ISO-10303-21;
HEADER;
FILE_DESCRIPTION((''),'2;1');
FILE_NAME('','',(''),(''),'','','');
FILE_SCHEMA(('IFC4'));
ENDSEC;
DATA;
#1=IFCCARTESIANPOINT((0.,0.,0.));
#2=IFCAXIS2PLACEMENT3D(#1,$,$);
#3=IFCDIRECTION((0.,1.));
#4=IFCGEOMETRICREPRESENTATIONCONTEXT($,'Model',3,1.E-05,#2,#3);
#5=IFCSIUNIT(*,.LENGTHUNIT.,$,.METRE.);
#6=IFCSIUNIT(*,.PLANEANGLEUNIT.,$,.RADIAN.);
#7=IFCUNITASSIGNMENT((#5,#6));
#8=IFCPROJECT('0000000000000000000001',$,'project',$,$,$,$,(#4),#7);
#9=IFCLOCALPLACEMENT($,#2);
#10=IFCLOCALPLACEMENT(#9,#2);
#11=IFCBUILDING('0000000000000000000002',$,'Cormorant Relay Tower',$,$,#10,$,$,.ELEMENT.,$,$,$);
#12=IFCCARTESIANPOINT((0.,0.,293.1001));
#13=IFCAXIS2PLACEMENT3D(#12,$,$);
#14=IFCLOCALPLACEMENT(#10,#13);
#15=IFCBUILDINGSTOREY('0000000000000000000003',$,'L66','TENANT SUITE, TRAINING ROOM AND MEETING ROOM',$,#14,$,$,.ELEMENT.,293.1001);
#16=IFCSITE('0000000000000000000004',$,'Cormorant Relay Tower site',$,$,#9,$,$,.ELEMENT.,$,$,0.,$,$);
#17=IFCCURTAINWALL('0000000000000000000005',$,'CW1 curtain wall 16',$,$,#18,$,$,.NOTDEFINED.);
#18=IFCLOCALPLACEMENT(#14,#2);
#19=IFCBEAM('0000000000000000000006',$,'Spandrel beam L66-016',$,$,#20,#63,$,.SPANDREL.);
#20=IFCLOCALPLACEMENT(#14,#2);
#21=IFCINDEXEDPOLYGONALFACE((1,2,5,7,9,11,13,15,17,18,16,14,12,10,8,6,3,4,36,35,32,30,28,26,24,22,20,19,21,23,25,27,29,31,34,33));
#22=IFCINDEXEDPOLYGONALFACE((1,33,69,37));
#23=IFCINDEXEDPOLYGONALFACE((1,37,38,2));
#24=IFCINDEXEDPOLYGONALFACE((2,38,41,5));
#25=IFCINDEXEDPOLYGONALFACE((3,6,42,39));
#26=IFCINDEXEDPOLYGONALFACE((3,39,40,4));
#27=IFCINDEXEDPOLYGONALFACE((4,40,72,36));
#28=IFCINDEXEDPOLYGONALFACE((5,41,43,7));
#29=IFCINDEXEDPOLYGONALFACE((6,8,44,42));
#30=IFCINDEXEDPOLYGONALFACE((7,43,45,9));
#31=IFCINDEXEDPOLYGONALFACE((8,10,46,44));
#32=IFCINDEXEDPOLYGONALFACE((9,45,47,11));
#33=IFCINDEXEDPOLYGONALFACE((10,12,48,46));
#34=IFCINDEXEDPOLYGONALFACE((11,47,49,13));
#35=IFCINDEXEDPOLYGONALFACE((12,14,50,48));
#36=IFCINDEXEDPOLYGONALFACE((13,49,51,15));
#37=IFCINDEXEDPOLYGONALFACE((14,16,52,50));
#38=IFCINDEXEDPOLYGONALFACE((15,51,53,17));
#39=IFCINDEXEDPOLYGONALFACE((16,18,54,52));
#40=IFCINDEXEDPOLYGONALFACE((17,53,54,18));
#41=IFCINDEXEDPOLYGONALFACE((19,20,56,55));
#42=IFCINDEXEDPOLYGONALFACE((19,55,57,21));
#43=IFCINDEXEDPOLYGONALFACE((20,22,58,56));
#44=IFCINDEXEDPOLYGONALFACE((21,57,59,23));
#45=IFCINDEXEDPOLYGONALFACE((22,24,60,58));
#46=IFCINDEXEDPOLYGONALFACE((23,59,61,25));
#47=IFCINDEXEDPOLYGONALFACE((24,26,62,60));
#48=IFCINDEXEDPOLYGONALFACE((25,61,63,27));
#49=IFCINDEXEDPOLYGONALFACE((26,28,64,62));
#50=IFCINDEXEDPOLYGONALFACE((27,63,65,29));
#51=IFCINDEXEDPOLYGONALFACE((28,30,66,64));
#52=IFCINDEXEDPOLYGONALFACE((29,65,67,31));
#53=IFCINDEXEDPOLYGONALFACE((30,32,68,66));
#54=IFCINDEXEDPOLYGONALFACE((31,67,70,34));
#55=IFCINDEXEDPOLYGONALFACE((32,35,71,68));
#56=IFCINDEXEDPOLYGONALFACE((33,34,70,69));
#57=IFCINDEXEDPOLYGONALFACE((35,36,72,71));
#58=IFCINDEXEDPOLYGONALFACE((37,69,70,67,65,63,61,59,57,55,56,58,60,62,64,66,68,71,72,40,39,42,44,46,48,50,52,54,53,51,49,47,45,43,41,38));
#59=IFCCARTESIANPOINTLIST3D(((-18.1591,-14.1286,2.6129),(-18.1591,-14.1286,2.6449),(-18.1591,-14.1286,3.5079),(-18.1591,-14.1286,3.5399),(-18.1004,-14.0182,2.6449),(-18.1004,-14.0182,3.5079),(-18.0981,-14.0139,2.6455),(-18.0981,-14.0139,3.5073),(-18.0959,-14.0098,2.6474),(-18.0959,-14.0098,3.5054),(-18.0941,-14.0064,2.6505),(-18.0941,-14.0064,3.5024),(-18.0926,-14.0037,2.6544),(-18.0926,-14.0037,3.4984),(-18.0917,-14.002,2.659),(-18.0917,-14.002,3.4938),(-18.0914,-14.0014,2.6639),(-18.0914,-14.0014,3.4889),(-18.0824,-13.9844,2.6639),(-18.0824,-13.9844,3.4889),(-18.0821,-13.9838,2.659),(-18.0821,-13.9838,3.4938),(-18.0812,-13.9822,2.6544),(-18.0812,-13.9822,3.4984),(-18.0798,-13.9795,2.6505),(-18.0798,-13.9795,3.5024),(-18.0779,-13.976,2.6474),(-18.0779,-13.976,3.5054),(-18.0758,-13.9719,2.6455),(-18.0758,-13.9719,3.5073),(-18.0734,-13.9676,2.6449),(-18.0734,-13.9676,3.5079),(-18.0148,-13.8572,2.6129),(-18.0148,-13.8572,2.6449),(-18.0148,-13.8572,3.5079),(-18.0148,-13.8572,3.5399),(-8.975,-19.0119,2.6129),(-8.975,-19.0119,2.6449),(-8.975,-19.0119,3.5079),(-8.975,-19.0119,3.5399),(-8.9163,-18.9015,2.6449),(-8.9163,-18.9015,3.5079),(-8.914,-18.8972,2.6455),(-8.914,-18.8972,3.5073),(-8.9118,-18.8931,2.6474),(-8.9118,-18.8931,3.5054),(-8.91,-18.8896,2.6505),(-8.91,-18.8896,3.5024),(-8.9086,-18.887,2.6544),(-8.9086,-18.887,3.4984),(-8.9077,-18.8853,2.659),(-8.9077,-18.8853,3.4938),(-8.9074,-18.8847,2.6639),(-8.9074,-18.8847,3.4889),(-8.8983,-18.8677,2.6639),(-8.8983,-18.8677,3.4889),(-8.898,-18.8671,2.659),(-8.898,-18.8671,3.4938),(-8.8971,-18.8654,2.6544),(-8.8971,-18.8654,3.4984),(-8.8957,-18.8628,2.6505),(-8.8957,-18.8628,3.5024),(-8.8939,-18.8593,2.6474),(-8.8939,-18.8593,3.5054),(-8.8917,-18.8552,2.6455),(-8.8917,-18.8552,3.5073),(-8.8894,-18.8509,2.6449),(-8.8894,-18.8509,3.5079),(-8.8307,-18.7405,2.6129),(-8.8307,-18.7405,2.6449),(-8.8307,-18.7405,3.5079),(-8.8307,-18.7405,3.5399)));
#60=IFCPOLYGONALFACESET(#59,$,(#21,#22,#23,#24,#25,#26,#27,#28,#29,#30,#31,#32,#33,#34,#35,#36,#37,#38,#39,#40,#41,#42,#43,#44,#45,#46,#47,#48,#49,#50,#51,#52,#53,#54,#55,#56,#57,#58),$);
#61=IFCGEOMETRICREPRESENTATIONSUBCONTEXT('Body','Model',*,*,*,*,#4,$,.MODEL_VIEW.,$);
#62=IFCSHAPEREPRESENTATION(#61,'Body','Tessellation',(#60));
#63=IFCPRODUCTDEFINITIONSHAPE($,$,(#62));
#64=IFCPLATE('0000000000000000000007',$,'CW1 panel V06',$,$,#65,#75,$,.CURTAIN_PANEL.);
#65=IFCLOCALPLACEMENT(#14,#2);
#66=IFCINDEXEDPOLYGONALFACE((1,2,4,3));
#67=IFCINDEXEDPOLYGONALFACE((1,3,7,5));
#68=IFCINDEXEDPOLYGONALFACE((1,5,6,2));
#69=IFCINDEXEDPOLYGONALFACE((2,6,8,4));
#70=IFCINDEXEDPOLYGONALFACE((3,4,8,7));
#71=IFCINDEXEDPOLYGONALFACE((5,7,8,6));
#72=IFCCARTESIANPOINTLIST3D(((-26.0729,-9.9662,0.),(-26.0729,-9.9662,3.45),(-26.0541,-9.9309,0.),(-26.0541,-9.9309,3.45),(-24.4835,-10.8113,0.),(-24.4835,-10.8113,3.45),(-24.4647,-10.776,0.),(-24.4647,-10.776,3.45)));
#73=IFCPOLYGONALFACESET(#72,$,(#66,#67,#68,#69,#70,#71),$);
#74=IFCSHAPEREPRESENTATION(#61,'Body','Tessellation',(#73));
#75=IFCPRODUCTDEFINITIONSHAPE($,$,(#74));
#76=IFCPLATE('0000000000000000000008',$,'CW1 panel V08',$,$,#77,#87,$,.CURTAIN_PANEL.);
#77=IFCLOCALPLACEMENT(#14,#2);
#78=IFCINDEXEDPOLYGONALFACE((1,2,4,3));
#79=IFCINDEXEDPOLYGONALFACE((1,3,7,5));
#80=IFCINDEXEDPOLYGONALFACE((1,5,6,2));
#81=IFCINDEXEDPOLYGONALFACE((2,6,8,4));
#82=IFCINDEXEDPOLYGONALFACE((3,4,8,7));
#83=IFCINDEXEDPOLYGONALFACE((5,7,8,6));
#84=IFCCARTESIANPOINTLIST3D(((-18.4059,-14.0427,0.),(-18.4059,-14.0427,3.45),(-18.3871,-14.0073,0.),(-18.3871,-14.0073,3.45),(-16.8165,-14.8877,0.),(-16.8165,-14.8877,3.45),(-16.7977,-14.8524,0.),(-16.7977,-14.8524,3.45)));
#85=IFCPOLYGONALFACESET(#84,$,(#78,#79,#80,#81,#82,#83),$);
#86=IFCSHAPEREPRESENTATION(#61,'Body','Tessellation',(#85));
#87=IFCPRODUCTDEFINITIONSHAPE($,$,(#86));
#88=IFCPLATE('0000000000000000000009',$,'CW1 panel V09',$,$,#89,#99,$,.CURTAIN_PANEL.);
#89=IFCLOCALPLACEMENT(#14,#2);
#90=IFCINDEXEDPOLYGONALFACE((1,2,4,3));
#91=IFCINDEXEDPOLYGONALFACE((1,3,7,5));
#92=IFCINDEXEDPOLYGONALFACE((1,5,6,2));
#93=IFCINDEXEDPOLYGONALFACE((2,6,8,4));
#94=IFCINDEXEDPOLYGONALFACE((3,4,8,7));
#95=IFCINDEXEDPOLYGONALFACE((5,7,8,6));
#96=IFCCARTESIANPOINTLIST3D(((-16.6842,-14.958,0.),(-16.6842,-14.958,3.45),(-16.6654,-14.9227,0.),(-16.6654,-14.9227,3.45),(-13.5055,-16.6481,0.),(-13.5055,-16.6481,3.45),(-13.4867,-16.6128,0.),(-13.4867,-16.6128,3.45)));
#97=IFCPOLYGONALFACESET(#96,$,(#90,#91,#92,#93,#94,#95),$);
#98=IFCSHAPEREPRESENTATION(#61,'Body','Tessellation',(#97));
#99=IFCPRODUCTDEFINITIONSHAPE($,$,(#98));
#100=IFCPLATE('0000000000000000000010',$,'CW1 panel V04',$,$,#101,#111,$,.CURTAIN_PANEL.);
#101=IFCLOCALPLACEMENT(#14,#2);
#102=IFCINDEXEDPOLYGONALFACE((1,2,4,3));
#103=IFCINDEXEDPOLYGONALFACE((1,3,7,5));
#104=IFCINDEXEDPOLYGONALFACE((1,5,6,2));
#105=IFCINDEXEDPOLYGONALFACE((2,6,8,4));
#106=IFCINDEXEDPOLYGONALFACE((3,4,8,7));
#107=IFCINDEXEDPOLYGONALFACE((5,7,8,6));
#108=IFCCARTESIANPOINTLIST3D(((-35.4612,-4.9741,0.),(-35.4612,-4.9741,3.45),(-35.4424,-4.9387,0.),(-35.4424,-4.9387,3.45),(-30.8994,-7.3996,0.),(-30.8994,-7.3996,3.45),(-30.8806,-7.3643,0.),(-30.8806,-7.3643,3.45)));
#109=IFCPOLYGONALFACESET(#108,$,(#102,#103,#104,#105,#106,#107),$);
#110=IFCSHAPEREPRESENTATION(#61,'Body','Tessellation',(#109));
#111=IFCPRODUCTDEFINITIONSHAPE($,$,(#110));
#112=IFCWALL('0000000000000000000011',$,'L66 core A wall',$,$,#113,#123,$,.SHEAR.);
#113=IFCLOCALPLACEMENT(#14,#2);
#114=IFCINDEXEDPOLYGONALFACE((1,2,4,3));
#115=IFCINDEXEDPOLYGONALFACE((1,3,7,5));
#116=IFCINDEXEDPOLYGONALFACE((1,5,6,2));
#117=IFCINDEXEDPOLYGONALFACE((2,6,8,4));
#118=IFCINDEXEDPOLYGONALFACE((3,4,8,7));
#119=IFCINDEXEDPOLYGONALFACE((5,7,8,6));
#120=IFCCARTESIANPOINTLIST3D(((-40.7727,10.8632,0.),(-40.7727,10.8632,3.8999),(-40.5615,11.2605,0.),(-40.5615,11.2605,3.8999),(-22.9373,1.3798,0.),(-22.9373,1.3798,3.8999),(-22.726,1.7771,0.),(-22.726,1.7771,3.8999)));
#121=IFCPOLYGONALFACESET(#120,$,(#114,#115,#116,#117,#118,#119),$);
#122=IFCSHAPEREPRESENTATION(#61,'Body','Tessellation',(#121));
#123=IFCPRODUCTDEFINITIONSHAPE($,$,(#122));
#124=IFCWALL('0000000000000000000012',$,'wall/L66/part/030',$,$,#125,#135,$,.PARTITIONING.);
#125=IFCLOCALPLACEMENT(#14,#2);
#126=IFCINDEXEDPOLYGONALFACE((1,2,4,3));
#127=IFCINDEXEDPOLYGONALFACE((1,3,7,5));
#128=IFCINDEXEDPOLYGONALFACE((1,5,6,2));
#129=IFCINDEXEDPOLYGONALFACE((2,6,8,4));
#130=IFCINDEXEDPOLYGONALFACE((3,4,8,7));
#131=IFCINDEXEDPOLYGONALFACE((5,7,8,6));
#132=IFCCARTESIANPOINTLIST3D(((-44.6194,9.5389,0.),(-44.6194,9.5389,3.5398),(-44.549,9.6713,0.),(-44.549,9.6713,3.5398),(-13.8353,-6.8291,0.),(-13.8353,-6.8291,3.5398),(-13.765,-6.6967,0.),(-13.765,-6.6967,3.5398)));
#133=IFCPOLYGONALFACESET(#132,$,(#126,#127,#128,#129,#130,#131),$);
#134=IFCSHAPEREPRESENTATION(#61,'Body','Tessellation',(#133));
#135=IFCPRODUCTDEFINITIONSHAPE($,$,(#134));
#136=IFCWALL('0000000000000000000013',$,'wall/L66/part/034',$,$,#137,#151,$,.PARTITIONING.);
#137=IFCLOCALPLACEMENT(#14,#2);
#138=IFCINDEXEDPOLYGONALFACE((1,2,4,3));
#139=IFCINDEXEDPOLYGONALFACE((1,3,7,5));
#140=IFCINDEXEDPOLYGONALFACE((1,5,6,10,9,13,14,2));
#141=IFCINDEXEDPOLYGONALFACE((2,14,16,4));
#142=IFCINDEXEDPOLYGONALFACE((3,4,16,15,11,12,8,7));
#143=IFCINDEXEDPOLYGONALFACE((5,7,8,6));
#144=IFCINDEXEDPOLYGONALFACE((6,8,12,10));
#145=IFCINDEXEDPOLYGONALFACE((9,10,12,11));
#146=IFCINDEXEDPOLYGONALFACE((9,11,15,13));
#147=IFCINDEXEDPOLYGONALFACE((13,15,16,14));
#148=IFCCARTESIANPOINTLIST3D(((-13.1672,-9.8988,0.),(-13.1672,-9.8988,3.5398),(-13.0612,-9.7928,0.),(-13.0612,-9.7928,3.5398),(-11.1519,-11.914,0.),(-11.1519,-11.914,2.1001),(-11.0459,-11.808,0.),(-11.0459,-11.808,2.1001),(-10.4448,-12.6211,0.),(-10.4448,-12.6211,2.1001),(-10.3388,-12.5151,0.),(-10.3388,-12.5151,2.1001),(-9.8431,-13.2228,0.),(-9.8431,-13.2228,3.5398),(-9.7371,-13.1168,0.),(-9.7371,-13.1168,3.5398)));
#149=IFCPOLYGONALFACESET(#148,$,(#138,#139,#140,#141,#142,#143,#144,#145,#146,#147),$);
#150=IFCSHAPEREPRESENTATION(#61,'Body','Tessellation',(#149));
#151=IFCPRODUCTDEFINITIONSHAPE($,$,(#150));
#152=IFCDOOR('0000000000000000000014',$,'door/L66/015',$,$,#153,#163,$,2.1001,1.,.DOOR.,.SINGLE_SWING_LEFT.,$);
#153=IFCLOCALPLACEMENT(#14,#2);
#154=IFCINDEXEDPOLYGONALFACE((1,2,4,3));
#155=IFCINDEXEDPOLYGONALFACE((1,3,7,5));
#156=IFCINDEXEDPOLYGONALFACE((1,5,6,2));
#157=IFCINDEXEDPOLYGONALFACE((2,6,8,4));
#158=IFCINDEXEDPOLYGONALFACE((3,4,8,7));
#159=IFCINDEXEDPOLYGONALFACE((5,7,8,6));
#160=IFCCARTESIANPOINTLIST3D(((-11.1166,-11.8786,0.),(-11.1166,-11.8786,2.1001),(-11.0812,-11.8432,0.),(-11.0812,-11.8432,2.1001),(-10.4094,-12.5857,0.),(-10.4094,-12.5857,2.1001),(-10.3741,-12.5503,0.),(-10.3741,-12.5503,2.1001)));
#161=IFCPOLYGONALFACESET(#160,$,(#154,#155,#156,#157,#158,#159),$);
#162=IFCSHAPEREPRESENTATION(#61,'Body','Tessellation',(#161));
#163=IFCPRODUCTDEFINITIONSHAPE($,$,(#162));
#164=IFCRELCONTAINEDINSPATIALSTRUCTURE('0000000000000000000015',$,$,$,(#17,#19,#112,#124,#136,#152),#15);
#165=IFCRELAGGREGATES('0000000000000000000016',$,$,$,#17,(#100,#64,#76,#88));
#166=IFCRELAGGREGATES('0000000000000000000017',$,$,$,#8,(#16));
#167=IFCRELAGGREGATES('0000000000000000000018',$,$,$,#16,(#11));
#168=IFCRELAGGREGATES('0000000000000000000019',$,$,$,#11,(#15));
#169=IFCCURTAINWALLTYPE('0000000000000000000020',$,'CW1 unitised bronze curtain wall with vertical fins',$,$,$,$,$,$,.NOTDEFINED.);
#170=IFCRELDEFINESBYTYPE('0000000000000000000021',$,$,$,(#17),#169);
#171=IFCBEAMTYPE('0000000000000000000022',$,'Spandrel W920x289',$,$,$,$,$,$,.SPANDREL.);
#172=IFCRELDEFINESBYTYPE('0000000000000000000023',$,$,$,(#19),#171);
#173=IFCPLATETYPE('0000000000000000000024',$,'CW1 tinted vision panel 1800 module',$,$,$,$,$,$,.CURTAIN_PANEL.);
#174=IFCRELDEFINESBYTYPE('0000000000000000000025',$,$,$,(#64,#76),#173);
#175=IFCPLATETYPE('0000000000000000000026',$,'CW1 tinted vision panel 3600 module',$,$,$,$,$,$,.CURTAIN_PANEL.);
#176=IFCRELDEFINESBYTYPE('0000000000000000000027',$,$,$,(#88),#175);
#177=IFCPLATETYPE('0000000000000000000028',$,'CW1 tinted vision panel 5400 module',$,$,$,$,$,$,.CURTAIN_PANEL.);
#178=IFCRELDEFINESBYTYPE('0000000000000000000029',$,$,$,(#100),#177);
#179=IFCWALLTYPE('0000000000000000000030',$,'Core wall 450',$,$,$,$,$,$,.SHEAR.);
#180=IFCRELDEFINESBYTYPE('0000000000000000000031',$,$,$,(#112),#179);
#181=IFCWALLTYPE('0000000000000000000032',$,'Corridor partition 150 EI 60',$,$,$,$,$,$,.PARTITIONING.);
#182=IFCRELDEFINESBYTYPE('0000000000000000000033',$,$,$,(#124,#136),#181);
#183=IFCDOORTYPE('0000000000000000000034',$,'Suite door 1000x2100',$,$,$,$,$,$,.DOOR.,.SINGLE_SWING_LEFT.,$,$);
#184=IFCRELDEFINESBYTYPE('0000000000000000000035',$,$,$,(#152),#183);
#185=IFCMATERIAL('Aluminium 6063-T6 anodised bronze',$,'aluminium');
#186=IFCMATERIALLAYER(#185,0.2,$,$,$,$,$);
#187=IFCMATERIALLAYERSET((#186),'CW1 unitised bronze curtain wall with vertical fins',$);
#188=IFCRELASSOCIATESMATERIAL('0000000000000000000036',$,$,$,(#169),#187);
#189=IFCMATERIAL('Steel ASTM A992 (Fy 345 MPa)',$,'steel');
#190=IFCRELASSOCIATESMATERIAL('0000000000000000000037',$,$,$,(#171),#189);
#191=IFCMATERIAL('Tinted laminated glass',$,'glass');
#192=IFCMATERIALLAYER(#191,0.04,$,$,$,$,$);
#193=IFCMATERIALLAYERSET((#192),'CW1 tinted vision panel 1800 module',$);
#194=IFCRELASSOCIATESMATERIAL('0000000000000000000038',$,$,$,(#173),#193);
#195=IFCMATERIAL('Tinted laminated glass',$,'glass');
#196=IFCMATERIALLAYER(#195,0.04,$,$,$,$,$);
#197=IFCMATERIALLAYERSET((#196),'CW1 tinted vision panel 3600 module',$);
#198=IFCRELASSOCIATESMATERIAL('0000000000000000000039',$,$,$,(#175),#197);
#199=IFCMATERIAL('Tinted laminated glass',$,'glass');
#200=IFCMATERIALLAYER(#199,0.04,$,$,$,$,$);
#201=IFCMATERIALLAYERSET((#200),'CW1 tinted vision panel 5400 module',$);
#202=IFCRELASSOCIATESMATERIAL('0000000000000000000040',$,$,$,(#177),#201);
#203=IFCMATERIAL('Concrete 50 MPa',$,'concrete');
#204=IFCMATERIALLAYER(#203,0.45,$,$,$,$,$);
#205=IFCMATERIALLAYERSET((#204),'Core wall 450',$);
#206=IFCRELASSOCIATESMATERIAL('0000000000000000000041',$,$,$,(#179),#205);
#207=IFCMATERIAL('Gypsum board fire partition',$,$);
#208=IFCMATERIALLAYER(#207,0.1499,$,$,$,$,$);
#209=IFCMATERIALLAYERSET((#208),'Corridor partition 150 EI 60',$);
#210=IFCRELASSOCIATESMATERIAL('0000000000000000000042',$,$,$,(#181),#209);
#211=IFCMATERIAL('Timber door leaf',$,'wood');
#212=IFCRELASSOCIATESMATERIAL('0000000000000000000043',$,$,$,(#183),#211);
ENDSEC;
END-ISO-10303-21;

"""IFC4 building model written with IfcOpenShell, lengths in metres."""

from ifc_helpers import new_model, si_unit, direction, frame, frame_2d, origin, origin_2d, place, context, subcontext, project, spatial, rectangle, i_section, extrude, material, layer, layer_set, material_profile, profile_set, type_object, element, fill, aggregate, save


model = new_model("IFC4")

# Units and contexts
model_context = context("Model", 3, precision=1e-05, world=origin(), true_north=direction((0.0, 1.0)))
body_context = subcontext(model_context, "Body", "Model", "MODEL_VIEW")
ifc_project = project(units=[si_unit("LENGTHUNIT", "METRE"), si_unit("PLANEANGLEUNIT", "RADIAN")], contexts=[model_context])

# Site, building, storey
site_placement = place(None, origin())
site = spatial("IfcSite", under=ifc_project, at=site_placement, Name="Cormorant Relay Tower site", CompositionType="ELEMENT", RefElevation=0.0)
building_placement = place(site_placement, origin())
building = spatial("IfcBuilding", under=site, at=building_placement, Name="Cormorant Relay Tower", CompositionType="ELEMENT")
storey_placement = place(building_placement, frame((0.0, 0.0, 293.1001)))
storey = spatial("IfcBuildingStorey", under=building, at=storey_placement, Name="L66", Description="TENANT SUITE, TRAINING ROOM AND MEETING ROOM", CompositionType="ELEMENT", Elevation=293.1001)

# Curtain wall
ifc_material_1 = material(Name="Aluminium 6063-T6 anodised bronze", Category="aluminium")
ifc_layer_1 = layer(ifc_material_1, 0.2)
ifc_layer_set_1 = layer_set([ifc_layer_1], Name="CW1 unitised bronze curtain wall with vertical fins")
curtain_wall_type = type_object("IfcCurtainWallType", Name="CW1 unitised bronze curtain wall with vertical fins", PredefinedType="NOTDEFINED", material=ifc_layer_set_1)
curtain_wall_placement = place(storey_placement, origin())
curtain_wall = element("IfcCurtainWall", 1, at=curtain_wall_placement, inside=storey, type_object=curtain_wall_type, Name="CW1 curtain wall 16", PredefinedType="NOTDEFINED")

# Beam
ifc_material_2 = material(Name="Steel ASTM A992 (Fy 345 MPa)", Category="steel")
ifc_material_profile_1 = material_profile(ifc_material_2, i_section(OverallWidth=0.3074, OverallDepth=0.927, WebThickness=0.0193, FlangeThickness=0.032, FilletRadius=0.019, at=origin_2d()), Name="W920x289")
ifc_profile_set_1 = profile_set([ifc_material_profile_1], Name="Steel ASTM A992 (Fy 345 MPa)")
beam_type = type_object("IfcBeamType", Name="Spandrel W920x289", PredefinedType="SPANDREL", material=ifc_profile_set_1)
beam_placement = place(storey_placement, frame((-18.0869, -13.9929, 3.0764), z_axis=(0.882946, -0.469474, 0.0), x_axis=(0.469474, 0.882946, 0.0)))
element("IfcBeam", 2, at=beam_placement, inside=storey, type_object=beam_type, Name="Spandrel beam L66-016", PredefinedType="SPANDREL", context=body_context, shape_type="SweptSolid", body=[
    extrude(i_section(OverallWidth=0.3074, OverallDepth=0.927, WebThickness=0.0193, FlangeThickness=0.032, FilletRadius=0.019, at=origin_2d()), origin(), (0.0, 0.0, 1.0), 10.4016),
])

# Plates
ifc_material_3 = material(Name="Tinted laminated glass", Category="glass")
ifc_layer_2 = layer(ifc_material_3, 0.04)
ifc_layer_set_2 = layer_set([ifc_layer_2], Name="CW1 tinted vision panel 1800 module")
plate_type_1 = type_object("IfcPlateType", Name="CW1 tinted vision panel 1800 module", PredefinedType="CURTAIN_PANEL", material=ifc_layer_set_2)
plate_1_placement = place(storey_placement, frame((-25.2688, -10.3711, 0.0), z_axis=(0.0, 0.0, 1.0), x_axis=(0.882948, -0.469472, 0.0)))
plate_1 = element("IfcPlate", 3, at=plate_1_placement, type_object=plate_type_1, Name="CW1 panel V06", PredefinedType="CURTAIN_PANEL", context=body_context, shape_type="SweptSolid", body=[
    extrude(rectangle(XDim=1.8, YDim=0.04, at=origin_2d()), origin(), (0.0, 0.0, 1.0), 3.45),
])
plate_2_placement = place(storey_placement, frame((-17.6018, -14.4475, 0.0), z_axis=(0.0, 0.0, 1.0), x_axis=(0.882948, -0.469472, 0.0)))
plate_2 = element("IfcPlate", 4, at=plate_2_placement, type_object=plate_type_1, Name="CW1 panel V08", PredefinedType="CURTAIN_PANEL", context=body_context, shape_type="SweptSolid", body=[
    extrude(rectangle(XDim=1.8, YDim=0.04, at=origin_2d()), origin(), (0.0, 0.0, 1.0), 3.45),
])
ifc_material_4 = material(Name="Tinted laminated glass", Category="glass")
ifc_layer_3 = layer(ifc_material_4, 0.04)
ifc_layer_set_3 = layer_set([ifc_layer_3], Name="CW1 tinted vision panel 3600 module")
plate_type_2 = type_object("IfcPlateType", Name="CW1 tinted vision panel 3600 module", PredefinedType="CURTAIN_PANEL", material=ifc_layer_set_3)
plate_3_placement = place(storey_placement, frame((-15.0854, -15.7854, 0.0), z_axis=(0.0, 0.0, 1.0), x_axis=(0.882948, -0.469472, 0.0)))
plate_3 = element("IfcPlate", 5, at=plate_3_placement, type_object=plate_type_2, Name="CW1 panel V09", PredefinedType="CURTAIN_PANEL", context=body_context, shape_type="SweptSolid", body=[
    extrude(rectangle(XDim=3.6001, YDim=0.04, at=origin_2d()), origin(), (0.0, 0.0, 1.0), 3.45),
])
ifc_material_5 = material(Name="Tinted laminated glass", Category="glass")
ifc_layer_4 = layer(ifc_material_5, 0.04)
ifc_layer_set_4 = layer_set([ifc_layer_4], Name="CW1 tinted vision panel 5400 module")
plate_type_3 = type_object("IfcPlateType", Name="CW1 tinted vision panel 5400 module", PredefinedType="CURTAIN_PANEL", material=ifc_layer_set_4)
plate_4_placement = place(storey_placement, frame((-33.1709, -6.1692, 0.0), z_axis=(0.0, 0.0, 1.0), x_axis=(0.882948, -0.469472, 0.0)))
plate_4 = element("IfcPlate", 6, at=plate_4_placement, type_object=plate_type_3, Name="CW1 panel V04", PredefinedType="CURTAIN_PANEL", context=body_context, shape_type="SweptSolid", body=[
    extrude(rectangle(XDim=5.1665, YDim=0.04, at=origin_2d()), origin(), (0.0, 0.0, 1.0), 3.45),
])

# Walls
ifc_material_6 = material(Name="Concrete 50 MPa", Category="concrete")
ifc_layer_5 = layer(ifc_material_6, 0.45)
ifc_layer_set_5 = layer_set([ifc_layer_5], Name="Core wall 450")
wall_type_1 = type_object("IfcWallType", Name="Core wall 450", PredefinedType="SHEAR", material=ifc_layer_set_5)
wall_1_placement = place(storey_placement, frame((-22.8315, 1.5784, 0.0), z_axis=(0.0, 0.0, 1.0), x_axis=(-0.882945, 0.469476, 0.0)))
element("IfcWall", 7, at=wall_1_placement, inside=storey, type_object=wall_type_1, Name="L66 core A wall", PredefinedType="SHEAR", context=body_context, shape_type="SweptSolid", body=[
    extrude(rectangle(XDim=20.2, YDim=0.45, at=frame_2d((10.1001, 0.0))), origin(), (0.0, 0.0, 1.0), 3.8999),
])
ifc_material_7 = material(Name="Gypsum board fire partition")
ifc_layer_6 = layer(ifc_material_7, 0.1499)
ifc_layer_set_6 = layer_set([ifc_layer_6], Name="Corridor partition 150 EI 60")
wall_type_2 = type_object("IfcWallType", Name="Corridor partition 150 EI 60", PredefinedType="PARTITIONING", material=ifc_layer_set_6)
wall_2_placement = place(storey_placement, frame((-13.8, -6.7629, 0.0), z_axis=(0.0, 0.0, 1.0), x_axis=(-0.88295, 0.469467, 0.0)))
element("IfcWall", 8, at=wall_2_placement, inside=storey, type_object=wall_type_2, Name="wall/L66/part/030", PredefinedType="PARTITIONING", context=body_context, shape_type="SweptSolid", body=[
    extrude(rectangle(XDim=34.865, YDim=0.1499, at=frame_2d((17.4326, 0.0))), origin(), (0.0, 0.0, 1.0), 3.5398),
])

# Wall, opening, door
wall_3_placement = place(storey_placement, frame((-9.79, -13.1699, 0.0), z_axis=(0.0, 0.0, 1.0), x_axis=(-0.707107, 0.707107, 0.0)))
wall_3 = element("IfcWall", 9, at=wall_3_placement, inside=storey, type_object=wall_type_2, Name="wall/L66/part/034", PredefinedType="PARTITIONING", context=body_context, shape_type="SweptSolid", body=[
    extrude(rectangle(XDim=4.7009, YDim=0.1499, at=frame_2d((2.3506, 0.0))), origin(), (0.0, 0.0, 1.0), 3.5398),
])
opening_1_placement = place(wall_3_placement, frame((0.8511, 0.0, 0.0)))
opening_1 = element("IfcOpeningElement", 10, at=opening_1_placement, cuts=wall_3, PredefinedType="OPENING", context=body_context, shape_type="SweptSolid", body=[
    extrude(rectangle(XDim=1.0, YDim=2.1001, at=frame_2d((0.5, 1.05))), frame((0.0, 0.085, 0.0), z_axis=(0.0, -1.0, 0.0), x_axis=(1.0, 0.0, 0.0)), (0.0, 0.0, 1.0), 0.1699),
])
ifc_material_8 = material(Name="Timber door leaf", Category="wood")
door_type = type_object("IfcDoorType", Name="Suite door 1000x2100", OperationType="SINGLE_SWING_LEFT", PredefinedType="DOOR", material=ifc_material_8)
door_1_placement = place(opening_1_placement, origin())
door_1 = element("IfcDoor", 11, at=door_1_placement, inside=storey, type_object=door_type, Name="door/L66/015", OperationType="SINGLE_SWING_LEFT", OverallHeight=2.1001, OverallWidth=1.0, PredefinedType="DOOR", context=body_context, shape_type="SweptSolid", body=[
    extrude(rectangle(XDim=1.0, YDim=2.1001, at=frame_2d((0.5, 1.05))), frame((0.0, 0.0249, 0.0), z_axis=(0.0, -1.0, 0.0), x_axis=(1.0, 0.0, 0.0)), (0.0, 0.0, 1.0), 0.05),
])
fill(opening_1, door_1)

aggregate(curtain_wall, [plate_4, plate_1, plate_2, plate_3])

save(model, "model.ifc")
